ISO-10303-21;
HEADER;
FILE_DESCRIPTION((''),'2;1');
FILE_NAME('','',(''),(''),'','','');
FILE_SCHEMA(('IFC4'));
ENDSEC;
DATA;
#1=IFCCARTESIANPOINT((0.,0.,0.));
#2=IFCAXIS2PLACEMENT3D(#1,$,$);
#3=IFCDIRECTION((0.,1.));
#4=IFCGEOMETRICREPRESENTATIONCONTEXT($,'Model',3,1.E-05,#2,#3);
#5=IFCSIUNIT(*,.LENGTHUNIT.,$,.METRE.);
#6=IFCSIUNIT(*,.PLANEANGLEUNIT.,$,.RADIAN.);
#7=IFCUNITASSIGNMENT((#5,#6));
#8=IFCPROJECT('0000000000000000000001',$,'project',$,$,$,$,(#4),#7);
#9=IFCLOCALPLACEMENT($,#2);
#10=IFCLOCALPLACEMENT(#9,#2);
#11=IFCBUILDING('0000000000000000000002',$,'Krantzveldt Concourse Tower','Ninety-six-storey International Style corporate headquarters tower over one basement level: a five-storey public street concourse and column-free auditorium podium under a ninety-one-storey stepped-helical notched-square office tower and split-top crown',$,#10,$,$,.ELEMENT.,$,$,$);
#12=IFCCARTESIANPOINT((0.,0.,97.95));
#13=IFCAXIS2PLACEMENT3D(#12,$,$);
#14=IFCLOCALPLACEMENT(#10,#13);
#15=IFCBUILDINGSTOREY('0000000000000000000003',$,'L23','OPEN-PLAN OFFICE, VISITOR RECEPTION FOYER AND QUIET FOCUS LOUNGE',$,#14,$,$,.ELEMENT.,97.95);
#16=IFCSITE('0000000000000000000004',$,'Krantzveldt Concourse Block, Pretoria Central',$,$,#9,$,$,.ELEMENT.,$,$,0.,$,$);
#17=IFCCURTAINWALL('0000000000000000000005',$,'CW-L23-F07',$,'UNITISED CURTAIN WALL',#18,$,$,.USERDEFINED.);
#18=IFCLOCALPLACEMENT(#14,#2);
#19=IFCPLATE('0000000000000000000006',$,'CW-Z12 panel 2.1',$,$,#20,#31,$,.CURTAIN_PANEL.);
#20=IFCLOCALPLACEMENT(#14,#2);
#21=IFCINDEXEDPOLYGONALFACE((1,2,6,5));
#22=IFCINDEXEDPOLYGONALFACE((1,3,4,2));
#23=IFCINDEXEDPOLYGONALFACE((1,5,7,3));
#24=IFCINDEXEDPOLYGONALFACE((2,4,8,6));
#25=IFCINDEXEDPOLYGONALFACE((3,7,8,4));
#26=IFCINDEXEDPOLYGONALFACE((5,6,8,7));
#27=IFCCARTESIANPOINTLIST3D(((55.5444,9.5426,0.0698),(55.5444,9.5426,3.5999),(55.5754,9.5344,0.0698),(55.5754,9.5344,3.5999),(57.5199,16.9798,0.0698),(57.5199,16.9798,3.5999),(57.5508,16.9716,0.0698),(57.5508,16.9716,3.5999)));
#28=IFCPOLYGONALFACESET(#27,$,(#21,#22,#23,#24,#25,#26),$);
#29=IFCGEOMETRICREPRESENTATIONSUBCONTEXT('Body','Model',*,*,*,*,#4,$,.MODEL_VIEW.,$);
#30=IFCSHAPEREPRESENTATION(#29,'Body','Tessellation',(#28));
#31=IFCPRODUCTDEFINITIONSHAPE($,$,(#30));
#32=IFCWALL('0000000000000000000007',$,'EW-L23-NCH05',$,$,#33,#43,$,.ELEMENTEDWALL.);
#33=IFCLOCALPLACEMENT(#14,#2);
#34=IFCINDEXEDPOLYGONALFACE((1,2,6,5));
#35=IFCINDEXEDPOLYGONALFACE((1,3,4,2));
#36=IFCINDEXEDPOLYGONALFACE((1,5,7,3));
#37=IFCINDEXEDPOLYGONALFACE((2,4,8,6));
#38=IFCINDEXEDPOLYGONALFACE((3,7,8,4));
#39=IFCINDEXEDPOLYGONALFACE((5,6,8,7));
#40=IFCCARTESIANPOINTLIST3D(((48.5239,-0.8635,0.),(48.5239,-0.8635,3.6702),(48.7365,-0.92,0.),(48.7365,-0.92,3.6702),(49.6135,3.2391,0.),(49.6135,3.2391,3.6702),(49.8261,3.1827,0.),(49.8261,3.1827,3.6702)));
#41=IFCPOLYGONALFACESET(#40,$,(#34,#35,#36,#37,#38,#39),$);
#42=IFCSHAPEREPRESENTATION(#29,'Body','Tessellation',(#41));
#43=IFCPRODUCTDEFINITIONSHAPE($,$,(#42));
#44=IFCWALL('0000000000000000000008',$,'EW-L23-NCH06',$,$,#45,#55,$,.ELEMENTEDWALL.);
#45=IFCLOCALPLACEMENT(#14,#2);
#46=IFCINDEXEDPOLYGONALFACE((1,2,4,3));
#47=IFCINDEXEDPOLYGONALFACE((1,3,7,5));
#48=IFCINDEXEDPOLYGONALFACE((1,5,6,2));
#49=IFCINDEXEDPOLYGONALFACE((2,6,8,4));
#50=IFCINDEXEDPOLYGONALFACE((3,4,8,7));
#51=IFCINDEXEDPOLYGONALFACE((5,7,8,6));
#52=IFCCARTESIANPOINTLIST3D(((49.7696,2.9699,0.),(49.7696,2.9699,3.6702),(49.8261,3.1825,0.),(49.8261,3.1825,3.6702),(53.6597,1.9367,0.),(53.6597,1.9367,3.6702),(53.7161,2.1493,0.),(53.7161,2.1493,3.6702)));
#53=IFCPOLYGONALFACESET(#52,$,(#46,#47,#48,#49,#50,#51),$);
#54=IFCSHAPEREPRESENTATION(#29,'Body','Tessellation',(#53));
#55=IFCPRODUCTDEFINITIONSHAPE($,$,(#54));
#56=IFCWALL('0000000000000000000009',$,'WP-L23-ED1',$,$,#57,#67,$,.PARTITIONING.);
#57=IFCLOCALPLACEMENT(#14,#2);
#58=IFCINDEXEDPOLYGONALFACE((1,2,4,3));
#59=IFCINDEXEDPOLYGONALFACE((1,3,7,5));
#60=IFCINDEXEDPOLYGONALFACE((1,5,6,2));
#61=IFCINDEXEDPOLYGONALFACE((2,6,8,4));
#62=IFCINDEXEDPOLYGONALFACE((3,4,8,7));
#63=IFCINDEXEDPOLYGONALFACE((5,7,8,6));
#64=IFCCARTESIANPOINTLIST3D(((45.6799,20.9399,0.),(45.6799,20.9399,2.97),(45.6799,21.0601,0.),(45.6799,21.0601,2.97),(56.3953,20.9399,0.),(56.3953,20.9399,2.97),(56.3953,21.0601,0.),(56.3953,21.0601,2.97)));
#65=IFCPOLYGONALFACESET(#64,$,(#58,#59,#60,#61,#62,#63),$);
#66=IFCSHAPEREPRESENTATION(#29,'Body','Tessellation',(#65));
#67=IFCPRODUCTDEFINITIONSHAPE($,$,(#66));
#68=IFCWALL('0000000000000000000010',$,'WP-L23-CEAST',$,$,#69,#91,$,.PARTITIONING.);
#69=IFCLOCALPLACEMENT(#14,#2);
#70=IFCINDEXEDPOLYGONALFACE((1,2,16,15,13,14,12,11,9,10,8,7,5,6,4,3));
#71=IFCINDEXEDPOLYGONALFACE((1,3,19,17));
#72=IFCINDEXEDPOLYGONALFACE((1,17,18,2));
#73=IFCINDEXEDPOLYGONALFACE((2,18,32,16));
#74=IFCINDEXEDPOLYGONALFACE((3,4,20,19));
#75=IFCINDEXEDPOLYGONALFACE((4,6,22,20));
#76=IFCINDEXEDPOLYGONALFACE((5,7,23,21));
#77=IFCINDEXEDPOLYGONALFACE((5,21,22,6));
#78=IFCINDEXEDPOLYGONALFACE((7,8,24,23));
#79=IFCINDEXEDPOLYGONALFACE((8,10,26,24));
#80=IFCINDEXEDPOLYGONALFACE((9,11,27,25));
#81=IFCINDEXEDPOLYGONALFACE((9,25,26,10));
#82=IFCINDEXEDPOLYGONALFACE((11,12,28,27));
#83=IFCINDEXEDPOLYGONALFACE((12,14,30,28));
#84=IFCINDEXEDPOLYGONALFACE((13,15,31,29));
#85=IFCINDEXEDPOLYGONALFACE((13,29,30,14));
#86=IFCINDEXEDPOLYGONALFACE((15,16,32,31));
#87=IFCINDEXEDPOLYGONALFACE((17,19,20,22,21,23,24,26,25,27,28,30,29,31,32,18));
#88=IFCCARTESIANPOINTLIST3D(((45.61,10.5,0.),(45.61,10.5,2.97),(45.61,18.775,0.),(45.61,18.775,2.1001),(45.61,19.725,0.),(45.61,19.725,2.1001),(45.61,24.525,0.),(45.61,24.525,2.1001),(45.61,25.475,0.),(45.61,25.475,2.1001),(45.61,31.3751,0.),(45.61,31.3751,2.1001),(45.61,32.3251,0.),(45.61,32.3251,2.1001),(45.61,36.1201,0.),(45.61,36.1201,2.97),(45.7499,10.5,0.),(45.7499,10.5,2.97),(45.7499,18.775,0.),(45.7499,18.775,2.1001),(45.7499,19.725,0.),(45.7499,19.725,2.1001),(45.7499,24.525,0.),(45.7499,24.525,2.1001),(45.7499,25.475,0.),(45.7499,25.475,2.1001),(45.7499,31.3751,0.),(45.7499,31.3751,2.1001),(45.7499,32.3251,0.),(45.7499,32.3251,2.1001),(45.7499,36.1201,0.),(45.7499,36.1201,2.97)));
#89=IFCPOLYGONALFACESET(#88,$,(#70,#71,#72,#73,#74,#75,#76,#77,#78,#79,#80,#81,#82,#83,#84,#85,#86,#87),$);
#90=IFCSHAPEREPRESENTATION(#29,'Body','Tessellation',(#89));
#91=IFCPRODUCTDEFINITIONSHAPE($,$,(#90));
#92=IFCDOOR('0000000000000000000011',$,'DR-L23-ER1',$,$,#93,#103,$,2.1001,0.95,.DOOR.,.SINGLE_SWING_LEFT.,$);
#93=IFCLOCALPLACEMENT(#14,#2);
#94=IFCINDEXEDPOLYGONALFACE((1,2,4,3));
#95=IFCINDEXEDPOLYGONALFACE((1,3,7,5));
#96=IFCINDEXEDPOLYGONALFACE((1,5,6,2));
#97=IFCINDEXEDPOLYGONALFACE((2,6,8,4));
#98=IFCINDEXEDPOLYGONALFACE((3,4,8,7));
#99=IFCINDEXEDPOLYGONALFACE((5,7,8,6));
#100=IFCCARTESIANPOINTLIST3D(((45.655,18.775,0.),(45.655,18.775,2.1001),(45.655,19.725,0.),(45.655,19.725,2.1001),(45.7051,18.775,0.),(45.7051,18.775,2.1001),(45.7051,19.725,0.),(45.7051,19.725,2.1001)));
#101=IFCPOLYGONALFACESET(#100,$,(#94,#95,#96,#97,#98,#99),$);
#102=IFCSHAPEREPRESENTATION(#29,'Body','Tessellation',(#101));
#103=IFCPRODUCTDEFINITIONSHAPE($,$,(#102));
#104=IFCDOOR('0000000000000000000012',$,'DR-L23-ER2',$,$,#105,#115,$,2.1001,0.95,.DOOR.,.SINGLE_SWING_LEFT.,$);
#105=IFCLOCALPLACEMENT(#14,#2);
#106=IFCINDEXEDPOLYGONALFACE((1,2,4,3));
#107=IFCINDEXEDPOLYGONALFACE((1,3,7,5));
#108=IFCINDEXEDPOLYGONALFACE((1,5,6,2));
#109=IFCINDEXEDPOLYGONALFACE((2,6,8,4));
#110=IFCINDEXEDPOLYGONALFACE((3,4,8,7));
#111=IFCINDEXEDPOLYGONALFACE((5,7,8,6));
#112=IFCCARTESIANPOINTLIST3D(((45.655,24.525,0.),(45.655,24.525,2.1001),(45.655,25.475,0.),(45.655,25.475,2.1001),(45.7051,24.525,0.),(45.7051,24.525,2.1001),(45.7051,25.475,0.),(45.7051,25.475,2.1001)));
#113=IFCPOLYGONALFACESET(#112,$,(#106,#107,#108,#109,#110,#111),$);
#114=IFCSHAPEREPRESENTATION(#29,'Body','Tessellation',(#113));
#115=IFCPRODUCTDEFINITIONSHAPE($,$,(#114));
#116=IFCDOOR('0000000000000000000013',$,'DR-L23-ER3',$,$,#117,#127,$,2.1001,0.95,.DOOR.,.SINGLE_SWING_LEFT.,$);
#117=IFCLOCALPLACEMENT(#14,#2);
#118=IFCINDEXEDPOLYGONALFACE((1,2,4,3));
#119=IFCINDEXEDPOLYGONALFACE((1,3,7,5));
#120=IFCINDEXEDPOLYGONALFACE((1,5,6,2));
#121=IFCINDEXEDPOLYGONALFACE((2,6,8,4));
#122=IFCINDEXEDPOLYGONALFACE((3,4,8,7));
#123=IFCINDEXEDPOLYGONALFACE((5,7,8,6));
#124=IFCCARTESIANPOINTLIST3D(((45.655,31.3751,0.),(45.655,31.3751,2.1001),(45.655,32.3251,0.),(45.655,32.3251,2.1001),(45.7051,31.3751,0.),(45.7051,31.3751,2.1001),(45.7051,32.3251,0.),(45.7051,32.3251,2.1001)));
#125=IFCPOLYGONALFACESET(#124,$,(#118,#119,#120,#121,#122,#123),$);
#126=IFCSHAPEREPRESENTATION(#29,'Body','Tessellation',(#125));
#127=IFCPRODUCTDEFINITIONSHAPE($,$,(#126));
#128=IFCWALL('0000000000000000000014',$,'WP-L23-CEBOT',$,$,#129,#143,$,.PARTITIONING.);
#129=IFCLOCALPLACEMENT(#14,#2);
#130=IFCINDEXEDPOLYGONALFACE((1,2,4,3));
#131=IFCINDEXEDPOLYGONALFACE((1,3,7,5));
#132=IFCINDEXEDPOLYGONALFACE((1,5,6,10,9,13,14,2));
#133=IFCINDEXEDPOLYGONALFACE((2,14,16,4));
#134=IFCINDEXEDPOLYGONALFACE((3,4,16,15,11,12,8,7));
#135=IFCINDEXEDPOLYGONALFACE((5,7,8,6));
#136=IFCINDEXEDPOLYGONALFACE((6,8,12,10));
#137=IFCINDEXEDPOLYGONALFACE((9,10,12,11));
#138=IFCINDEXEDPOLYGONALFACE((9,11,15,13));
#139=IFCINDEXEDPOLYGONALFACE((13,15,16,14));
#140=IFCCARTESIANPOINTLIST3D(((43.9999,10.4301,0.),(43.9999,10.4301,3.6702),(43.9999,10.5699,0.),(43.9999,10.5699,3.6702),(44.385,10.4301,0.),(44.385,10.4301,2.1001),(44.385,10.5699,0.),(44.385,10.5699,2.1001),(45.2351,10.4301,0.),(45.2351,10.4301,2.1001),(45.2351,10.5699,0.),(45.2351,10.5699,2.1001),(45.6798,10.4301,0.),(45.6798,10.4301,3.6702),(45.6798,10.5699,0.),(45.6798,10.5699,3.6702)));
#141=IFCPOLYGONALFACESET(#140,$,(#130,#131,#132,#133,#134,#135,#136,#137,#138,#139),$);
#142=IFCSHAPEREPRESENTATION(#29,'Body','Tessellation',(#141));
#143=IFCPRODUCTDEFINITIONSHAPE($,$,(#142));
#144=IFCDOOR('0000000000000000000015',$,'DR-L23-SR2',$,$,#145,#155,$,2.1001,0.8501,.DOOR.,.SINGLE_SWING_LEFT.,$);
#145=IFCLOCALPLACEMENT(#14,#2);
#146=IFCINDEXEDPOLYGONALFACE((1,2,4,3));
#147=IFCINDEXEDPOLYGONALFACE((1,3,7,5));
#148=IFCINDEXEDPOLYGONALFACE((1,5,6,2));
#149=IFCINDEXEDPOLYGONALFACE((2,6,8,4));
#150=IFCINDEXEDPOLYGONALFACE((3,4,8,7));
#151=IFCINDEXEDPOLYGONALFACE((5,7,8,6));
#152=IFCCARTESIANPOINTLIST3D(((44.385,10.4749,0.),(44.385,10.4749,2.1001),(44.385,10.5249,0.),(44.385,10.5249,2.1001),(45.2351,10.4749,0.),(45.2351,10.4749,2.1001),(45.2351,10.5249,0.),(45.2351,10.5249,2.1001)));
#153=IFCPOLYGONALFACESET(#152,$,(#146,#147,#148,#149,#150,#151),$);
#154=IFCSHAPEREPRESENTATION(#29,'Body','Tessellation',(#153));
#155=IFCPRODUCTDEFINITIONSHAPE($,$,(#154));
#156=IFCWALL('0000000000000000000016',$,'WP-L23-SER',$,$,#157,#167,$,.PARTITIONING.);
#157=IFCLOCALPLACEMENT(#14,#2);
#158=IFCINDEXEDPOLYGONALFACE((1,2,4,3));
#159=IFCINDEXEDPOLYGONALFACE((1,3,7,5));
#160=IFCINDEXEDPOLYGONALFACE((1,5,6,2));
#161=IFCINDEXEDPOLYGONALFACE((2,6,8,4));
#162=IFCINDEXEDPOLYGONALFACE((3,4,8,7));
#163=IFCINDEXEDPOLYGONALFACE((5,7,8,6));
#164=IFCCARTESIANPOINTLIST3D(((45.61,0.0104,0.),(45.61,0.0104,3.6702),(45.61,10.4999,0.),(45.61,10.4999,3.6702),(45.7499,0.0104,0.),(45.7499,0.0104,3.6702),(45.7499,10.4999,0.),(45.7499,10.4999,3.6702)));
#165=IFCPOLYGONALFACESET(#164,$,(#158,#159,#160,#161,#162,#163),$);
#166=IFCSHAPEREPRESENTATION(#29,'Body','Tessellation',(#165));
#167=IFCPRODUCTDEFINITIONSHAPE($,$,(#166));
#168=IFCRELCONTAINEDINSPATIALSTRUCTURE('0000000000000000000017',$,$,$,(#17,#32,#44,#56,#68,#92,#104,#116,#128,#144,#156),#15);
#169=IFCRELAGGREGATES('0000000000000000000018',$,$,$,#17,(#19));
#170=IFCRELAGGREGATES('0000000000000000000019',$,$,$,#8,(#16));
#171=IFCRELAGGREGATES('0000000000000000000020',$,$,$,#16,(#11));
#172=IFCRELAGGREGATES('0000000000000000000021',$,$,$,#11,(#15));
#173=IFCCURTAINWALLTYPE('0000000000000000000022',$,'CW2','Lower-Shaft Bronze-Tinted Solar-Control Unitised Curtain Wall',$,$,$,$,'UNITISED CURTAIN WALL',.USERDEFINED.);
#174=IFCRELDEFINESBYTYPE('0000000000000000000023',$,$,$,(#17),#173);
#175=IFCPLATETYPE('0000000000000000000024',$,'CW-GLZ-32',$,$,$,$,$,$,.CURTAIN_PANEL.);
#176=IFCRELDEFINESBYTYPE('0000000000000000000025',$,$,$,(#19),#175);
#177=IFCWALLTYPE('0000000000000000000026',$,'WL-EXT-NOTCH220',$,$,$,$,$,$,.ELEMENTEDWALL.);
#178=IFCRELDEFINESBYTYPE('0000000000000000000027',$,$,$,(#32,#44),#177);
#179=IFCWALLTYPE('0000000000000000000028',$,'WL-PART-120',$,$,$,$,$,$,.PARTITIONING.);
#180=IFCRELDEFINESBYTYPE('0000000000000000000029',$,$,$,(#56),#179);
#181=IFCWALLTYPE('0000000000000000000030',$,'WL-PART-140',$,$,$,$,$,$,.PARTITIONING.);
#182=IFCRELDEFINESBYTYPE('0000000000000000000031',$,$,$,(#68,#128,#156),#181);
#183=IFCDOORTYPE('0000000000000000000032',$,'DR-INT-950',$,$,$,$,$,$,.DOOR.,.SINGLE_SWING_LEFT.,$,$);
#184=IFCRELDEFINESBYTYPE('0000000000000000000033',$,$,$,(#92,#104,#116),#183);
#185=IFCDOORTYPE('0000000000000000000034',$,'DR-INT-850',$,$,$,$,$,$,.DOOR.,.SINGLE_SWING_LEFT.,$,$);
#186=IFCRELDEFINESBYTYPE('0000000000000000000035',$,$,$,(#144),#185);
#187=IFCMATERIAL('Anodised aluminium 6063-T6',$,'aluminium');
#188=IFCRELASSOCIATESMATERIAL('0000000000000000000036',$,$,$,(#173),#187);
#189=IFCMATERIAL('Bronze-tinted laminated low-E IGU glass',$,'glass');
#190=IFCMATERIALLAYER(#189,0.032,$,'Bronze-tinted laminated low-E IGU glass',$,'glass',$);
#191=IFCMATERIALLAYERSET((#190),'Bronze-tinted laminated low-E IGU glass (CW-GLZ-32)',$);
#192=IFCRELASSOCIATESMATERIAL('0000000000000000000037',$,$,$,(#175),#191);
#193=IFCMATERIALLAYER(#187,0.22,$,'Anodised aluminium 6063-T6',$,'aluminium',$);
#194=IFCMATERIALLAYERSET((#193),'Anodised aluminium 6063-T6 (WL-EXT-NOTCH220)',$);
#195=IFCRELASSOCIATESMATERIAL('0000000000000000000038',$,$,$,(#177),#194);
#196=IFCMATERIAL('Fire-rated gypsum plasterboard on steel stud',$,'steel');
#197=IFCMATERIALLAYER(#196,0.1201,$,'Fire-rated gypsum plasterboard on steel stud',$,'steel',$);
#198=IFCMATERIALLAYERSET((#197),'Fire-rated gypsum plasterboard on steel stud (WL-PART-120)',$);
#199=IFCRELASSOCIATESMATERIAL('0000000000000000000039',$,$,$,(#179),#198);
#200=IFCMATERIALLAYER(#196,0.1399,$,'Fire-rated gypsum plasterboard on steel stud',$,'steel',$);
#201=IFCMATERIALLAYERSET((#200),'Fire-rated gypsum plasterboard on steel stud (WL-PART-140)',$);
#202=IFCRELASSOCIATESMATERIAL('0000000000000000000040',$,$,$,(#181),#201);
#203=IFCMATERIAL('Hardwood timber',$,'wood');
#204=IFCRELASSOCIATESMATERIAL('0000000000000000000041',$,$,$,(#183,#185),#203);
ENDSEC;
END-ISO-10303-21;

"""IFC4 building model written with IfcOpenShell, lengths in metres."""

from ifc_helpers import new_model, si_unit, direction, frame, frame_2d, origin, origin_2d, place, context, subcontext, project, spatial, rectangle, extrude, source, transform, mapped, material, layer, layer_set, type_object, element, fill, aggregate, save


model = new_model("IFC4")

# Units and contexts
model_context = context("Model", 3, precision=1e-05, world=origin(), true_north=direction((0.0, 1.0)))
body_context = subcontext(model_context, "Body", "Model", "MODEL_VIEW")
ifc_project = project(units=[si_unit("LENGTHUNIT", "METRE"), si_unit("PLANEANGLEUNIT", "RADIAN")], contexts=[model_context])

# Site, building, storey
site_placement = place(None, origin())
site = spatial("IfcSite", under=ifc_project, at=site_placement, Name="Krantzveldt Concourse Block, Pretoria Central", CompositionType="ELEMENT", RefElevation=0.0)
building_placement = place(site_placement, origin())
building = spatial("IfcBuilding", under=site, at=building_placement, Name="Krantzveldt Concourse Tower", Description="Ninety-six-storey International Style corporate headquarters tower over one basement level: a five-storey public street concourse and column-free auditorium podium under a ninety-one-storey stepped-helical notched-square office tower and split-top crown", CompositionType="ELEMENT")
storey_placement = place(building_placement, frame((0.0, 0.0, 97.95)))
storey = spatial("IfcBuildingStorey", under=building, at=storey_placement, Name="L23", Description="OPEN-PLAN OFFICE, VISITOR RECEPTION FOYER AND QUIET FOCUS LOUNGE", CompositionType="ELEMENT", Elevation=97.95)

# Shared definitions
ifc_material_1 = material(Name="Anodised aluminium 6063-T6", Category="aluminium")
curtain_wall_type_1 = type_object("IfcCurtainWallType", Name="CW2", Description="Lower-Shaft Bronze-Tinted Solar-Control Unitised Curtain Wall", ElementType="UNITISED CURTAIN WALL", PredefinedType="USERDEFINED", material=ifc_material_1)

# Curtain wall
curtain_wall_1_placement = place(storey_placement, origin())
curtain_wall_1 = element("IfcCurtainWall", 1, at=curtain_wall_1_placement, inside=storey, type_object=curtain_wall_type_1, Name="CW-L23-F07", ObjectType="UNITISED CURTAIN WALL", PredefinedType="USERDEFINED")

# Plate
ifc_material_2 = material(Name="Bronze-tinted laminated low-E IGU glass", Category="glass")
ifc_layer_1 = layer(ifc_material_2, 0.032, Name="Bronze-tinted laminated low-E IGU glass", Category="glass")
ifc_layer_set_1 = layer_set([ifc_layer_1], Name="Bronze-tinted laminated low-E IGU glass (CW-GLZ-32)")
plate_type = type_object("IfcPlateType", Name="CW-GLZ-32", PredefinedType="CURTAIN_PANEL", material=ifc_layer_set_1)
shared_shape_1 = source(origin(), body_context, "Body", "SweptSolid", [
    extrude(rectangle(XDim=7.6951, YDim=0.032, at=origin_2d()), origin(), (0.0, 0.0, 1.0), 3.53),
])
plate_1_placement = place(storey_placement, frame((56.5476, 13.2571, 0.0698), z_axis=(0.0, 0.0, 1.0), x_axis=(0.256711, 0.966488, 0.0)))
plate_1 = element("IfcPlate", 2, at=plate_1_placement, type_object=plate_type, Name="CW-Z12 panel 2.1", PredefinedType="CURTAIN_PANEL", context=body_context, shape_type="MappedRepresentation", body=[
    mapped(shared_shape_1, transform((0.0, 0.0, 0.0), x_axis=(1.0, 0.0, 0.0), y_axis=(0.0, 1.0, 0.0), z_axis=(0.0, 0.0, 1.0), scale=1.0)),
])
aggregate(curtain_wall_1, [plate_1])

# Walls
ifc_layer_2 = layer(ifc_material_1, 0.22, Name="Anodised aluminium 6063-T6", Category="aluminium")
ifc_layer_set_2 = layer_set([ifc_layer_2], Name="Anodised aluminium 6063-T6 (WL-EXT-NOTCH220)")
wall_type_1 = type_object("IfcWallType", Name="WL-EXT-NOTCH220", PredefinedType="ELEMENTEDWALL", material=ifc_layer_set_2)
wall_1_placement = place(storey_placement, frame((48.6301, -0.8918, 0.0), z_axis=(0.0, 0.0, 1.0), x_axis=(0.256692, 0.966493, 0.0)))
element("IfcWall", 3, at=wall_1_placement, inside=storey, type_object=wall_type_1, Name="EW-L23-NCH05", PredefinedType="ELEMENTEDWALL", context=body_context, shape_type="SweptSolid", body=[
    extrude(rectangle(XDim=4.2449, YDim=0.22, at=frame_2d((2.1226, 0.0))), origin(), (0.0, 0.0, 1.0), 3.6702),
])
wall_2_placement = place(storey_placement, frame((49.7979, 3.0762, 0.0), z_axis=(0.0, 0.0, 1.0), x_axis=(0.966492, -0.256696, 0.0)))
element("IfcWall", 4, at=wall_2_placement, inside=storey, type_object=wall_type_1, Name="EW-L23-NCH06", PredefinedType="ELEMENTEDWALL", context=body_context, shape_type="SweptSolid", body=[
    extrude(rectangle(XDim=4.0249, YDim=0.22, at=frame_2d((2.0125, 0.0))), origin(), (0.0, 0.0, 1.0), 3.6702),
])
ifc_material_3 = material(Name="Fire-rated gypsum plasterboard on steel stud", Category="steel")
ifc_layer_3 = layer(ifc_material_3, 0.1201, Name="Fire-rated gypsum plasterboard on steel stud", Category="steel")
ifc_layer_set_3 = layer_set([ifc_layer_3], Name="Fire-rated gypsum plasterboard on steel stud (WL-PART-120)")
wall_type_2 = type_object("IfcWallType", Name="WL-PART-120", PredefinedType="PARTITIONING", material=ifc_layer_set_3)
wall_3_placement = place(storey_placement, frame((45.6799, 21.0, 0.0), z_axis=(0.0, 0.0, 1.0), x_axis=(1.0, 0.0, 0.0)))
element("IfcWall", 5, at=wall_3_placement, inside=storey, type_object=wall_type_2, Name="WP-L23-ED1", PredefinedType="PARTITIONING", context=body_context, shape_type="SweptSolid", body=[
    extrude(rectangle(XDim=10.7153, YDim=0.1201, at=frame_2d((5.3577, 0.0))), origin(), (0.0, 0.0, 1.0), 2.97),
])

# Wall, openings, doors
ifc_layer_4 = layer(ifc_material_3, 0.1399, Name="Fire-rated gypsum plasterboard on steel stud", Category="steel")
ifc_layer_set_4 = layer_set([ifc_layer_4], Name="Fire-rated gypsum plasterboard on steel stud (WL-PART-140)")
wall_type_3 = type_object("IfcWallType", Name="WL-PART-140", PredefinedType="PARTITIONING", material=ifc_layer_set_4)
wall_4_placement = place(storey_placement, frame((45.6799, 10.5, 0.0), z_axis=(0.0, 0.0, 1.0), x_axis=(0.0, 1.0, 0.0)))
wall_4 = element("IfcWall", 6, at=wall_4_placement, inside=storey, type_object=wall_type_3, Name="WP-L23-CEAST", PredefinedType="PARTITIONING", context=body_context, shape_type="SweptSolid", body=[
    extrude(rectangle(XDim=25.6201, YDim=0.1399, at=frame_2d((12.8101, 0.0))), origin(), (0.0, 0.0, 1.0), 2.97),
])
opening_1_placement = place(wall_4_placement, frame((8.2749, 0.0, 0.0)))
opening_1 = element("IfcOpeningElement", 7, at=opening_1_placement, cuts=wall_4, PredefinedType="OPENING", context=body_context, shape_type="SweptSolid", body=[
    extrude(rectangle(XDim=0.95, YDim=2.1001, at=frame_2d((0.4751, 1.05))), frame((0.0, 0.0801, 0.0), z_axis=(0.0, -1.0, 0.0), x_axis=(1.0, 0.0, 0.0)), (0.0, 0.0, 1.0), 0.1599),
])
opening_2_placement = place(wall_4_placement, frame((14.0249, 0.0, 0.0)))
opening_2 = element("IfcOpeningElement", 8, at=opening_2_placement, cuts=wall_4, PredefinedType="OPENING", context=body_context, shape_type="SweptSolid", body=[
    extrude(rectangle(XDim=0.95, YDim=2.1001, at=frame_2d((0.4751, 1.05))), frame((0.0, 0.0801, 0.0), z_axis=(0.0, -1.0, 0.0), x_axis=(1.0, 0.0, 0.0)), (0.0, 0.0, 1.0), 0.1599),
])
opening_3_placement = place(wall_4_placement, frame((20.875, 0.0, 0.0)))
opening_3 = element("IfcOpeningElement", 9, at=opening_3_placement, cuts=wall_4, PredefinedType="OPENING", context=body_context, shape_type="SweptSolid", body=[
    extrude(rectangle(XDim=0.95, YDim=2.1001, at=frame_2d((0.4751, 1.05))), frame((0.0, 0.0801, 0.0), z_axis=(0.0, -1.0, 0.0), x_axis=(1.0, 0.0, 0.0)), (0.0, 0.0, 1.0), 0.1599),
])
ifc_material_4 = material(Name="Hardwood timber", Category="wood")
door_type_1 = type_object("IfcDoorType", Name="DR-INT-950", OperationType="SINGLE_SWING_LEFT", PredefinedType="DOOR", material=ifc_material_4)
door_1_placement = place(opening_1_placement, origin())
door_1 = element("IfcDoor", 10, at=door_1_placement, inside=storey, type_object=door_type_1, Name="DR-L23-ER1", OperationType="SINGLE_SWING_LEFT", OverallHeight=2.1001, OverallWidth=0.95, PredefinedType="DOOR", context=body_context, shape_type="SweptSolid", body=[
    extrude(rectangle(XDim=0.95, YDim=2.1001, at=frame_2d((0.4751, 1.05))), frame((0.0, 0.0249, 0.0), z_axis=(0.0, -1.0, 0.0), x_axis=(1.0, 0.0, 0.0)), (0.0, 0.0, 1.0), 0.05),
])
fill(opening_1, door_1)
door_2_placement = place(opening_2_placement, origin())
door_2 = element("IfcDoor", 11, at=door_2_placement, inside=storey, type_object=door_type_1, Name="DR-L23-ER2", OperationType="SINGLE_SWING_LEFT", OverallHeight=2.1001, OverallWidth=0.95, PredefinedType="DOOR", context=body_context, shape_type="SweptSolid", body=[
    extrude(rectangle(XDim=0.95, YDim=2.1001, at=frame_2d((0.4751, 1.05))), frame((0.0, 0.0249, 0.0), z_axis=(0.0, -1.0, 0.0), x_axis=(1.0, 0.0, 0.0)), (0.0, 0.0, 1.0), 0.05),
])
fill(opening_2, door_2)
door_3_placement = place(opening_3_placement, origin())
door_3 = element("IfcDoor", 12, at=door_3_placement, inside=storey, type_object=door_type_1, Name="DR-L23-ER3", OperationType="SINGLE_SWING_LEFT", OverallHeight=2.1001, OverallWidth=0.95, PredefinedType="DOOR", context=body_context, shape_type="SweptSolid", body=[
    extrude(rectangle(XDim=0.95, YDim=2.1001, at=frame_2d((0.4751, 1.05))), frame((0.0, 0.0249, 0.0), z_axis=(0.0, -1.0, 0.0), x_axis=(1.0, 0.0, 0.0)), (0.0, 0.0, 1.0), 0.05),
])
fill(opening_3, door_3)

# Wall, opening, door
wall_5_placement = place(storey_placement, frame((44.0, 10.5, 0.0), z_axis=(0.0, 0.0, 1.0), x_axis=(1.0, 0.0, 0.0)))
wall_5 = element("IfcWall", 13, at=wall_5_placement, inside=storey, type_object=wall_type_3, Name="WP-L23-CEBOT", PredefinedType="PARTITIONING", context=body_context, shape_type="SweptSolid", body=[
    extrude(rectangle(XDim=1.6799, YDim=0.1399, at=frame_2d((0.8398, 0.0))), origin(), (0.0, 0.0, 1.0), 3.6702),
])
opening_4_placement = place(wall_5_placement, frame((0.385, 0.0, 0.0)))
opening_4 = element("IfcOpeningElement", 14, at=opening_4_placement, cuts=wall_5, PredefinedType="OPENING", context=body_context, shape_type="SweptSolid", body=[
    extrude(rectangle(XDim=0.8501, YDim=2.1001, at=frame_2d((0.425, 1.05))), frame((0.0, 0.0801, 0.0), z_axis=(0.0, -1.0, 0.0), x_axis=(1.0, 0.0, 0.0)), (0.0, 0.0, 1.0), 0.1599),
])
door_type_2 = type_object("IfcDoorType", Name="DR-INT-850", OperationType="SINGLE_SWING_LEFT", PredefinedType="DOOR", material=ifc_material_4)
door_4_placement = place(opening_4_placement, origin())
door_4 = element("IfcDoor", 15, at=door_4_placement, inside=storey, type_object=door_type_2, Name="DR-L23-SR2", OperationType="SINGLE_SWING_LEFT", OverallHeight=2.1001, OverallWidth=0.8501, PredefinedType="DOOR", context=body_context, shape_type="SweptSolid", body=[
    extrude(rectangle(XDim=0.8501, YDim=2.1001, at=frame_2d((0.425, 1.05))), frame((0.0, 0.0249, 0.0), z_axis=(0.0, -1.0, 0.0), x_axis=(1.0, 0.0, 0.0)), (0.0, 0.0, 1.0), 0.05),
])
fill(opening_4, door_4)

# Wall
wall_6_placement = place(storey_placement, frame((45.6799, 0.0105, 0.0), z_axis=(0.0, 0.0, 1.0), x_axis=(0.0, 1.0, 0.0)))
element("IfcWall", 16, at=wall_6_placement, inside=storey, type_object=wall_type_3, Name="WP-L23-SER", PredefinedType="PARTITIONING", context=body_context, shape_type="SweptSolid", body=[
    extrude(rectangle(XDim=10.4895, YDim=0.1399, at=frame_2d((5.2446, 0.0))), origin(), (0.0, 0.0, 1.0), 3.6702),
])

save(model, "model.ifc")
